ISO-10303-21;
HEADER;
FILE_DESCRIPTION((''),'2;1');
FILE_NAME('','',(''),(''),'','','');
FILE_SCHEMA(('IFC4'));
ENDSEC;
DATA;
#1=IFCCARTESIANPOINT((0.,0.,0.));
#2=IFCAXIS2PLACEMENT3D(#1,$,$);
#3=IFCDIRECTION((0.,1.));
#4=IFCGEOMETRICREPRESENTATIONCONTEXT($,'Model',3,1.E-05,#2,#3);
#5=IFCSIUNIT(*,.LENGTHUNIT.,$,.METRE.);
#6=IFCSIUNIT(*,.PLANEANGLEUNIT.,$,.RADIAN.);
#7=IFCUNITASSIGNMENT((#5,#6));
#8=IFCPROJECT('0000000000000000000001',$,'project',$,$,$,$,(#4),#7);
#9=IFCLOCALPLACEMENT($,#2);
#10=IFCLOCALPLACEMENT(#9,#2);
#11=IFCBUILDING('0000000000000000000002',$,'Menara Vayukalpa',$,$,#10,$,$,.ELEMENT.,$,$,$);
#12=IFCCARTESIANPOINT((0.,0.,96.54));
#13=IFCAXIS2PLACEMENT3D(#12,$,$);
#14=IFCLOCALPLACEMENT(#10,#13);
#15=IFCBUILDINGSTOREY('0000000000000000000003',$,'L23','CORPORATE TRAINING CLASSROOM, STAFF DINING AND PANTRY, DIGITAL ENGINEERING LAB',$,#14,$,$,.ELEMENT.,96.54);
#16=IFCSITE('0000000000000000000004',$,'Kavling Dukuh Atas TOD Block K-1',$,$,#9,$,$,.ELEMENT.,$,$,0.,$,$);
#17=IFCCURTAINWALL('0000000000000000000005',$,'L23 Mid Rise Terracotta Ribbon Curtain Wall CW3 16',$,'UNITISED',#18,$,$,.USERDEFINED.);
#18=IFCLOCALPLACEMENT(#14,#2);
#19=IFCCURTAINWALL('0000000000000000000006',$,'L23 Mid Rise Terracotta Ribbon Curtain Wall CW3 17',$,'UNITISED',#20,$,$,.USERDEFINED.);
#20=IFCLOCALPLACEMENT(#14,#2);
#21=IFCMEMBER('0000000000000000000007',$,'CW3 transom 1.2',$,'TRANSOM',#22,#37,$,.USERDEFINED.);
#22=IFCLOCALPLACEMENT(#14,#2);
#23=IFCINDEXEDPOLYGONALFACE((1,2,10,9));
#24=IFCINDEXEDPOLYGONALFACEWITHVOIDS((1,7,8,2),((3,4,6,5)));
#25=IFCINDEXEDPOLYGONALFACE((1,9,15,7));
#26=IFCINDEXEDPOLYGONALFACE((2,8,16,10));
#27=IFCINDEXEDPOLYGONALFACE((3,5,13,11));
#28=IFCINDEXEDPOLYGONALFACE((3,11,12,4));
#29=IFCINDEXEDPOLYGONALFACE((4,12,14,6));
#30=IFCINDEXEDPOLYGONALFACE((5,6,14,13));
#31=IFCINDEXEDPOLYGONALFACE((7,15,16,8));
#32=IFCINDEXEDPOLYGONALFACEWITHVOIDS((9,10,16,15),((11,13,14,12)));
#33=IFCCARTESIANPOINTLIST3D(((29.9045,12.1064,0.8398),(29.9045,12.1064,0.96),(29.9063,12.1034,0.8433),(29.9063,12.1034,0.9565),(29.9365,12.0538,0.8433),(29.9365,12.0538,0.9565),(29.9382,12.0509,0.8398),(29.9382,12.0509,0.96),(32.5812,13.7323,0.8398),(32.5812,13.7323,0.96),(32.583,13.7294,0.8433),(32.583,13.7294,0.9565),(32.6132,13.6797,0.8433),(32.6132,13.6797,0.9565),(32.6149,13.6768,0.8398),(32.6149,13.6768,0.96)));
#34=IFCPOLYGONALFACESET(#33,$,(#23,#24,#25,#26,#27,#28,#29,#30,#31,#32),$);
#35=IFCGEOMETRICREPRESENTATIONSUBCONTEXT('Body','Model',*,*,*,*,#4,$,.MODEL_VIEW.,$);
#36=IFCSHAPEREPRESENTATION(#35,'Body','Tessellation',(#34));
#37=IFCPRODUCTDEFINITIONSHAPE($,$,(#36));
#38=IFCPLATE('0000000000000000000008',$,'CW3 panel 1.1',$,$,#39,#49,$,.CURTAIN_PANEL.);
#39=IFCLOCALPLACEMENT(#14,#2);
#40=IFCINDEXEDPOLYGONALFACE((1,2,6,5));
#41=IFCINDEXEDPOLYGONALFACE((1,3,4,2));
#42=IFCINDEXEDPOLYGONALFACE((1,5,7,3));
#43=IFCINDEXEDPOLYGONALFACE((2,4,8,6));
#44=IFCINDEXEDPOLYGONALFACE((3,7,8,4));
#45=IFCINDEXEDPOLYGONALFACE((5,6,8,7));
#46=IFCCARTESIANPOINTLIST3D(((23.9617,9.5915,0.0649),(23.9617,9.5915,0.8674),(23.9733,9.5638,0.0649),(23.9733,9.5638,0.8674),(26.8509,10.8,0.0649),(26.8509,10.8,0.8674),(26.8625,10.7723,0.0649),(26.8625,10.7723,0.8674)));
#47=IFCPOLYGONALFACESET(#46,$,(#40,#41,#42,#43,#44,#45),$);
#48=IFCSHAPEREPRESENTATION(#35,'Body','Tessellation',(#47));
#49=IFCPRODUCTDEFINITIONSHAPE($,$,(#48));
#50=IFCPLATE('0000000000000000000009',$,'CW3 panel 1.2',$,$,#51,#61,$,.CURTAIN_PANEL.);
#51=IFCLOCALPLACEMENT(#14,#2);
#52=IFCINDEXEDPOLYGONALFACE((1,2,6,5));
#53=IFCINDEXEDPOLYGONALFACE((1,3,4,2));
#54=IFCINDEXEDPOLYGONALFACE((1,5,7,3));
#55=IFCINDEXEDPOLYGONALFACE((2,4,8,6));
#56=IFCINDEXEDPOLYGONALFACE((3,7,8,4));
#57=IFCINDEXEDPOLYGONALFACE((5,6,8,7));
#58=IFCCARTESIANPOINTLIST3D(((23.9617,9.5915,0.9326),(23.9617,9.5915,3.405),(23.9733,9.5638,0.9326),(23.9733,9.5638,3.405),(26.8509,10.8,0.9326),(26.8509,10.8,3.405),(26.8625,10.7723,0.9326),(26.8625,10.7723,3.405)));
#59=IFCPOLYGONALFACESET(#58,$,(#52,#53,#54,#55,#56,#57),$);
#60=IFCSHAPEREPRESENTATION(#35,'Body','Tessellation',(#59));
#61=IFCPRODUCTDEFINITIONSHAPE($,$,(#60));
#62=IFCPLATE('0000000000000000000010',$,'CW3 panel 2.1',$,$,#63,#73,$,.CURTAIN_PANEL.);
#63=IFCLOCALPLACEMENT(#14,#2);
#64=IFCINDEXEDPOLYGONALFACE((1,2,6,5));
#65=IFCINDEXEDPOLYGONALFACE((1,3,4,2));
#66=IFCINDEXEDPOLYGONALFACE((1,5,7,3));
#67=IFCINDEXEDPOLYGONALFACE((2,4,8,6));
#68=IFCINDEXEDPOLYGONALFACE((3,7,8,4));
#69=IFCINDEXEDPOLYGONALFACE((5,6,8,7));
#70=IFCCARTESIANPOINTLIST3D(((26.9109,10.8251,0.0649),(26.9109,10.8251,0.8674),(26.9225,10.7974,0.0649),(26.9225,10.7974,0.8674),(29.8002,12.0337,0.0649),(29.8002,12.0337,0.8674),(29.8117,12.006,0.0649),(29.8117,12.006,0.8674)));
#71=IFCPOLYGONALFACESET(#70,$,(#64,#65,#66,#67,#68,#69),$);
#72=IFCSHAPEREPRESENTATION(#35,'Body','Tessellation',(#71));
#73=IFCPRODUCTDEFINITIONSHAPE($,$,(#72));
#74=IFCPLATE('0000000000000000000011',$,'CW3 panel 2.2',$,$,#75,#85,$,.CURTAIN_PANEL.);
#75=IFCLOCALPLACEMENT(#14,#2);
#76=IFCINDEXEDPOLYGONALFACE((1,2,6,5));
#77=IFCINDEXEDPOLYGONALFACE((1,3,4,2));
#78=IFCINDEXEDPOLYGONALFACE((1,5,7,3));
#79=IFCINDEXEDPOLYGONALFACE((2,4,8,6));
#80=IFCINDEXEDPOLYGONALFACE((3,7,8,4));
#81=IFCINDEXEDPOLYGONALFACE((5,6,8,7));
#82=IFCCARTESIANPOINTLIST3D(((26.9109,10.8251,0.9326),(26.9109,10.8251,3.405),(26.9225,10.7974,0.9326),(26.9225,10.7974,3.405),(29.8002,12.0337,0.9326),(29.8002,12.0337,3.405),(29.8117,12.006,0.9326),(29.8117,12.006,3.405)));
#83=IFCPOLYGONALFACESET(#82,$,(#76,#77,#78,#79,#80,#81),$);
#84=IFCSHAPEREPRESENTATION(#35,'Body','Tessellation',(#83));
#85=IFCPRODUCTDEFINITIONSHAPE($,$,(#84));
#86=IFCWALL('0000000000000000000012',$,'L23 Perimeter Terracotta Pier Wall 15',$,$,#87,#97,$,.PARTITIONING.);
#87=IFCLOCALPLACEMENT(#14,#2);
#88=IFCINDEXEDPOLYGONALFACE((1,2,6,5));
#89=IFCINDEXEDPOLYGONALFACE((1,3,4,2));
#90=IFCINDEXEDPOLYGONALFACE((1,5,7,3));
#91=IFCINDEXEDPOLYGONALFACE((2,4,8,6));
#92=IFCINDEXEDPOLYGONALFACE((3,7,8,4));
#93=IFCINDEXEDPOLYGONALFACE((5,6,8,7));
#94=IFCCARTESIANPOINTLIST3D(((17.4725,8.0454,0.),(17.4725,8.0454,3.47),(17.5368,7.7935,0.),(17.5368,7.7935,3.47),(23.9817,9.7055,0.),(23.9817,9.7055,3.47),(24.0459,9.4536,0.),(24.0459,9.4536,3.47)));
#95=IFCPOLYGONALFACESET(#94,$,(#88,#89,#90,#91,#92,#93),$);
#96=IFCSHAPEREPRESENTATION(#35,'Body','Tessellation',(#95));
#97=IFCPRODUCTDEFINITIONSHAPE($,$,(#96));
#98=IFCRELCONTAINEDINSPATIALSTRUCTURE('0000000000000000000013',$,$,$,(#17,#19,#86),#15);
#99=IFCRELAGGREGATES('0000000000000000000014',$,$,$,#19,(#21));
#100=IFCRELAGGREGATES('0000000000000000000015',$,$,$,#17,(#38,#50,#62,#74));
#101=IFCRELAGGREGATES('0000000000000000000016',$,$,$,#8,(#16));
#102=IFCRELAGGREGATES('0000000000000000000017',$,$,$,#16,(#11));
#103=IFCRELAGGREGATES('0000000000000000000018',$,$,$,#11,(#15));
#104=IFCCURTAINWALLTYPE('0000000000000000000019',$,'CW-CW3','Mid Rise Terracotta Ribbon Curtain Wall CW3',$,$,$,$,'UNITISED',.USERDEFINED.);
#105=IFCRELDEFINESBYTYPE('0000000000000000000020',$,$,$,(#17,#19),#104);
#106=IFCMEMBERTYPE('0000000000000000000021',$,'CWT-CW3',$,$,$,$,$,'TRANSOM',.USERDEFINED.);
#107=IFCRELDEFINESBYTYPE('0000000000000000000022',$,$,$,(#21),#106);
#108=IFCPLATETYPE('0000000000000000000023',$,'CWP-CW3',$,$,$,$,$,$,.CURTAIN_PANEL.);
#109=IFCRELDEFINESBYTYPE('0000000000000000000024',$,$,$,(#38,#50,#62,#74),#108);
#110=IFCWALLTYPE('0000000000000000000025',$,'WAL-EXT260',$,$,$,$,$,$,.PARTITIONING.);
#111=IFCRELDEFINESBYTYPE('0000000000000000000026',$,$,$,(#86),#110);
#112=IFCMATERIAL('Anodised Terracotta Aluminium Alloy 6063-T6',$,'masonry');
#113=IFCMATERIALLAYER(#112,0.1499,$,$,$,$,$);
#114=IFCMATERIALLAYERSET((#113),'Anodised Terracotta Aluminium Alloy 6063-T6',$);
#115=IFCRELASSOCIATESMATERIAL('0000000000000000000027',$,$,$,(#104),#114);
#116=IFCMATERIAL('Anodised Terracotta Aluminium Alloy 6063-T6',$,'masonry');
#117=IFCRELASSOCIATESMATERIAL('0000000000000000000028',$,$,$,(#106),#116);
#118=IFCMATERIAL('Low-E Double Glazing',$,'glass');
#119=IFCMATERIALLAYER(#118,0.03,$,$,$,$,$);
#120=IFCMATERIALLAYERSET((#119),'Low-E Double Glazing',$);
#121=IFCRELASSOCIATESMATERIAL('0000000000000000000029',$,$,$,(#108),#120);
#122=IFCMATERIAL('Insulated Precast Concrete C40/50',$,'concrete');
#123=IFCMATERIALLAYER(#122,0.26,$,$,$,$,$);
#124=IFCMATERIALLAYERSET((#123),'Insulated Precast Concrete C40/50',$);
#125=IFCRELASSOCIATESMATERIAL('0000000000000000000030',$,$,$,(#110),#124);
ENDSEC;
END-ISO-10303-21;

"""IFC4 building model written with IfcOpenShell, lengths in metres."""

from ifc_helpers import new_model, si_unit, direction, frame, frame_2d, origin, origin_2d, place, context, subcontext, project, spatial, rectangle, hollow_rectangle, extrude, material, layer, layer_set, material_profile, profile_set, type_object, element, aggregate, save


model = new_model("IFC4")

# Units and contexts
model_context = context("Model", 3, precision=1e-05, world=origin(), true_north=direction((0.0, 1.0)))
body_context = subcontext(model_context, "Body", "Model", "MODEL_VIEW")
ifc_project = project(units=[si_unit("LENGTHUNIT", "METRE"), si_unit("PLANEANGLEUNIT", "RADIAN")], contexts=[model_context])

# Site, building, storey
site_placement = place(None, origin())
site = spatial("IfcSite", under=ifc_project, at=site_placement, Name="Kavling Dukuh Atas TOD Block K-1", CompositionType="ELEMENT", RefElevation=0.0)
building_placement = place(site_placement, origin())
building = spatial("IfcBuilding", under=site, at=building_placement, Name="Menara Vayukalpa", CompositionType="ELEMENT")
storey_placement = place(building_placement, frame((0.0, 0.0, 96.54)))
storey = spatial("IfcBuildingStorey", under=building, at=storey_placement, Name="L23", Description="CORPORATE TRAINING CLASSROOM, STAFF DINING AND PANTRY, DIGITAL ENGINEERING LAB", CompositionType="ELEMENT", Elevation=96.54)

# Curtain wall
ifc_material_1 = material(Name="Anodised Terracotta Aluminium Alloy 6063-T6", Category="masonry")
ifc_layer_1 = layer(ifc_material_1, 0.1499)
ifc_layer_set_1 = layer_set([ifc_layer_1], Name="Anodised Terracotta Aluminium Alloy 6063-T6")
curtain_wall_type = type_object("IfcCurtainWallType", Name="CW-CW3", Description="Mid Rise Terracotta Ribbon Curtain Wall CW3", ElementType="UNITISED", PredefinedType="USERDEFINED", material=ifc_layer_set_1)
curtain_wall_1_placement = place(storey_placement, origin())
curtain_wall_1 = element("IfcCurtainWall", 1, at=curtain_wall_1_placement, inside=storey, type_object=curtain_wall_type, Name="L23 Mid Rise Terracotta Ribbon Curtain Wall CW3 16", ObjectType="UNITISED", PredefinedType="USERDEFINED")

# Curtain wall
curtain_wall_2_placement = place(storey_placement, origin())
curtain_wall_2 = element("IfcCurtainWall", 2, at=curtain_wall_2_placement, inside=storey, type_object=curtain_wall_type, Name="L23 Mid Rise Terracotta Ribbon Curtain Wall CW3 17", ObjectType="UNITISED", PredefinedType="USERDEFINED")

# Member
ifc_material_2 = material(Name="Anodised Terracotta Aluminium Alloy 6063-T6", Category="masonry")
ifc_material_profile_1 = material_profile(ifc_material_2, hollow_rectangle(XDim=0.0649, YDim=0.1201, WallThickness=0.0034, at=origin_2d()), Name="ALU 65x120x3.5")
ifc_profile_set_1 = profile_set([ifc_material_profile_1], Name="Anodised Terracotta Aluminium Alloy 6063-T6")
member_type_1 = type_object("IfcMemberType", Name="CWT-CW3", ElementType="TRANSOM", PredefinedType="USERDEFINED", material=ifc_profile_set_1)
member_1_placement = place(storey_placement, frame((29.9214, 12.0786, 0.8999), z_axis=(0.854674, 0.519165, 0.0), x_axis=(-0.519165, 0.854674, 0.0)))
member_1 = element("IfcMember", 3, at=member_1_placement, type_object=member_type_1, Name="CW3 transom 1.2", ObjectType="TRANSOM", PredefinedType="USERDEFINED", context=body_context, shape_type="SweptSolid", body=[
    extrude(hollow_rectangle(XDim=0.0649, YDim=0.1201, WallThickness=0.0034, at=origin_2d()), origin(), (0.0, 0.0, 1.0), 3.1318),
])
aggregate(curtain_wall_2, [member_1])

# Plates
ifc_material_3 = material(Name="Low-E Double Glazing", Category="glass")
ifc_layer_2 = layer(ifc_material_3, 0.03)
ifc_layer_set_2 = layer_set([ifc_layer_2], Name="Low-E Double Glazing")
plate_type = type_object("IfcPlateType", Name="CWP-CW3", PredefinedType="CURTAIN_PANEL", material=ifc_layer_set_2)
plate_1_placement = place(storey_placement, frame((25.4121, 10.1819, 0.0649), z_axis=(0.0, 0.0, 1.0), x_axis=(0.922543, 0.385894, 0.0)))
plate_1 = element("IfcPlate", 4, at=plate_1_placement, type_object=plate_type, Name="CW3 panel 1.1", PredefinedType="CURTAIN_PANEL", context=body_context, shape_type="SweptSolid", body=[
    extrude(rectangle(XDim=3.1318, YDim=0.03, at=origin_2d()), origin(), (0.0, 0.0, 1.0), 0.8025),
])
plate_2_placement = place(storey_placement, frame((25.4121, 10.1819, 0.9326), z_axis=(0.0, 0.0, 1.0), x_axis=(0.922543, 0.385894, 0.0)))
plate_2 = element("IfcPlate", 5, at=plate_2_placement, type_object=plate_type, Name="CW3 panel 1.2", PredefinedType="CURTAIN_PANEL", context=body_context, shape_type="SweptSolid", body=[
    extrude(rectangle(XDim=3.1318, YDim=0.03, at=origin_2d()), origin(), (0.0, 0.0, 1.0), 2.4724),
])
plate_3_placement = place(storey_placement, frame((28.3613, 11.4155, 0.0649), z_axis=(0.0, 0.0, 1.0), x_axis=(0.922543, 0.385894, 0.0)))
plate_3 = element("IfcPlate", 6, at=plate_3_placement, type_object=plate_type, Name="CW3 panel 2.1", PredefinedType="CURTAIN_PANEL", context=body_context, shape_type="SweptSolid", body=[
    extrude(rectangle(XDim=3.1318, YDim=0.03, at=origin_2d()), origin(), (0.0, 0.0, 1.0), 0.8025),
])
plate_4_placement = place(storey_placement, frame((28.3613, 11.4155, 0.9326), z_axis=(0.0, 0.0, 1.0), x_axis=(0.922543, 0.385894, 0.0)))
plate_4 = element("IfcPlate", 7, at=plate_4_placement, type_object=plate_type, Name="CW3 panel 2.2", PredefinedType="CURTAIN_PANEL", context=body_context, shape_type="SweptSolid", body=[
    extrude(rectangle(XDim=3.1318, YDim=0.03, at=origin_2d()), origin(), (0.0, 0.0, 1.0), 2.4724),
])
aggregate(curtain_wall_1, [plate_1, plate_2, plate_3, plate_4])

# Wall
ifc_material_4 = material(Name="Insulated Precast Concrete C40/50", Category="concrete")
ifc_layer_3 = layer(ifc_material_4, 0.26)
ifc_layer_set_3 = layer_set([ifc_layer_3], Name="Insulated Precast Concrete C40/50")
wall_type = type_object("IfcWallType", Name="WAL-EXT260", PredefinedType="PARTITIONING", material=ifc_layer_set_3)
wall_placement = place(storey_placement, frame((24.0139, 9.5796, 0.0), z_axis=(0.0, 0.0, 1.0), x_axis=(-0.968981, -0.247134, 0.0)))
element("IfcWall", 8, at=wall_placement, inside=storey, type_object=wall_type, Name="L23 Perimeter Terracotta Pier Wall 15", PredefinedType="PARTITIONING", context=body_context, shape_type="SweptSolid", body=[
    extrude(rectangle(XDim=6.7175, YDim=0.26, at=frame_2d((3.3589, 0.0))), origin(), (0.0, 0.0, 1.0), 3.47),
])

save(model, "model.ifc")
